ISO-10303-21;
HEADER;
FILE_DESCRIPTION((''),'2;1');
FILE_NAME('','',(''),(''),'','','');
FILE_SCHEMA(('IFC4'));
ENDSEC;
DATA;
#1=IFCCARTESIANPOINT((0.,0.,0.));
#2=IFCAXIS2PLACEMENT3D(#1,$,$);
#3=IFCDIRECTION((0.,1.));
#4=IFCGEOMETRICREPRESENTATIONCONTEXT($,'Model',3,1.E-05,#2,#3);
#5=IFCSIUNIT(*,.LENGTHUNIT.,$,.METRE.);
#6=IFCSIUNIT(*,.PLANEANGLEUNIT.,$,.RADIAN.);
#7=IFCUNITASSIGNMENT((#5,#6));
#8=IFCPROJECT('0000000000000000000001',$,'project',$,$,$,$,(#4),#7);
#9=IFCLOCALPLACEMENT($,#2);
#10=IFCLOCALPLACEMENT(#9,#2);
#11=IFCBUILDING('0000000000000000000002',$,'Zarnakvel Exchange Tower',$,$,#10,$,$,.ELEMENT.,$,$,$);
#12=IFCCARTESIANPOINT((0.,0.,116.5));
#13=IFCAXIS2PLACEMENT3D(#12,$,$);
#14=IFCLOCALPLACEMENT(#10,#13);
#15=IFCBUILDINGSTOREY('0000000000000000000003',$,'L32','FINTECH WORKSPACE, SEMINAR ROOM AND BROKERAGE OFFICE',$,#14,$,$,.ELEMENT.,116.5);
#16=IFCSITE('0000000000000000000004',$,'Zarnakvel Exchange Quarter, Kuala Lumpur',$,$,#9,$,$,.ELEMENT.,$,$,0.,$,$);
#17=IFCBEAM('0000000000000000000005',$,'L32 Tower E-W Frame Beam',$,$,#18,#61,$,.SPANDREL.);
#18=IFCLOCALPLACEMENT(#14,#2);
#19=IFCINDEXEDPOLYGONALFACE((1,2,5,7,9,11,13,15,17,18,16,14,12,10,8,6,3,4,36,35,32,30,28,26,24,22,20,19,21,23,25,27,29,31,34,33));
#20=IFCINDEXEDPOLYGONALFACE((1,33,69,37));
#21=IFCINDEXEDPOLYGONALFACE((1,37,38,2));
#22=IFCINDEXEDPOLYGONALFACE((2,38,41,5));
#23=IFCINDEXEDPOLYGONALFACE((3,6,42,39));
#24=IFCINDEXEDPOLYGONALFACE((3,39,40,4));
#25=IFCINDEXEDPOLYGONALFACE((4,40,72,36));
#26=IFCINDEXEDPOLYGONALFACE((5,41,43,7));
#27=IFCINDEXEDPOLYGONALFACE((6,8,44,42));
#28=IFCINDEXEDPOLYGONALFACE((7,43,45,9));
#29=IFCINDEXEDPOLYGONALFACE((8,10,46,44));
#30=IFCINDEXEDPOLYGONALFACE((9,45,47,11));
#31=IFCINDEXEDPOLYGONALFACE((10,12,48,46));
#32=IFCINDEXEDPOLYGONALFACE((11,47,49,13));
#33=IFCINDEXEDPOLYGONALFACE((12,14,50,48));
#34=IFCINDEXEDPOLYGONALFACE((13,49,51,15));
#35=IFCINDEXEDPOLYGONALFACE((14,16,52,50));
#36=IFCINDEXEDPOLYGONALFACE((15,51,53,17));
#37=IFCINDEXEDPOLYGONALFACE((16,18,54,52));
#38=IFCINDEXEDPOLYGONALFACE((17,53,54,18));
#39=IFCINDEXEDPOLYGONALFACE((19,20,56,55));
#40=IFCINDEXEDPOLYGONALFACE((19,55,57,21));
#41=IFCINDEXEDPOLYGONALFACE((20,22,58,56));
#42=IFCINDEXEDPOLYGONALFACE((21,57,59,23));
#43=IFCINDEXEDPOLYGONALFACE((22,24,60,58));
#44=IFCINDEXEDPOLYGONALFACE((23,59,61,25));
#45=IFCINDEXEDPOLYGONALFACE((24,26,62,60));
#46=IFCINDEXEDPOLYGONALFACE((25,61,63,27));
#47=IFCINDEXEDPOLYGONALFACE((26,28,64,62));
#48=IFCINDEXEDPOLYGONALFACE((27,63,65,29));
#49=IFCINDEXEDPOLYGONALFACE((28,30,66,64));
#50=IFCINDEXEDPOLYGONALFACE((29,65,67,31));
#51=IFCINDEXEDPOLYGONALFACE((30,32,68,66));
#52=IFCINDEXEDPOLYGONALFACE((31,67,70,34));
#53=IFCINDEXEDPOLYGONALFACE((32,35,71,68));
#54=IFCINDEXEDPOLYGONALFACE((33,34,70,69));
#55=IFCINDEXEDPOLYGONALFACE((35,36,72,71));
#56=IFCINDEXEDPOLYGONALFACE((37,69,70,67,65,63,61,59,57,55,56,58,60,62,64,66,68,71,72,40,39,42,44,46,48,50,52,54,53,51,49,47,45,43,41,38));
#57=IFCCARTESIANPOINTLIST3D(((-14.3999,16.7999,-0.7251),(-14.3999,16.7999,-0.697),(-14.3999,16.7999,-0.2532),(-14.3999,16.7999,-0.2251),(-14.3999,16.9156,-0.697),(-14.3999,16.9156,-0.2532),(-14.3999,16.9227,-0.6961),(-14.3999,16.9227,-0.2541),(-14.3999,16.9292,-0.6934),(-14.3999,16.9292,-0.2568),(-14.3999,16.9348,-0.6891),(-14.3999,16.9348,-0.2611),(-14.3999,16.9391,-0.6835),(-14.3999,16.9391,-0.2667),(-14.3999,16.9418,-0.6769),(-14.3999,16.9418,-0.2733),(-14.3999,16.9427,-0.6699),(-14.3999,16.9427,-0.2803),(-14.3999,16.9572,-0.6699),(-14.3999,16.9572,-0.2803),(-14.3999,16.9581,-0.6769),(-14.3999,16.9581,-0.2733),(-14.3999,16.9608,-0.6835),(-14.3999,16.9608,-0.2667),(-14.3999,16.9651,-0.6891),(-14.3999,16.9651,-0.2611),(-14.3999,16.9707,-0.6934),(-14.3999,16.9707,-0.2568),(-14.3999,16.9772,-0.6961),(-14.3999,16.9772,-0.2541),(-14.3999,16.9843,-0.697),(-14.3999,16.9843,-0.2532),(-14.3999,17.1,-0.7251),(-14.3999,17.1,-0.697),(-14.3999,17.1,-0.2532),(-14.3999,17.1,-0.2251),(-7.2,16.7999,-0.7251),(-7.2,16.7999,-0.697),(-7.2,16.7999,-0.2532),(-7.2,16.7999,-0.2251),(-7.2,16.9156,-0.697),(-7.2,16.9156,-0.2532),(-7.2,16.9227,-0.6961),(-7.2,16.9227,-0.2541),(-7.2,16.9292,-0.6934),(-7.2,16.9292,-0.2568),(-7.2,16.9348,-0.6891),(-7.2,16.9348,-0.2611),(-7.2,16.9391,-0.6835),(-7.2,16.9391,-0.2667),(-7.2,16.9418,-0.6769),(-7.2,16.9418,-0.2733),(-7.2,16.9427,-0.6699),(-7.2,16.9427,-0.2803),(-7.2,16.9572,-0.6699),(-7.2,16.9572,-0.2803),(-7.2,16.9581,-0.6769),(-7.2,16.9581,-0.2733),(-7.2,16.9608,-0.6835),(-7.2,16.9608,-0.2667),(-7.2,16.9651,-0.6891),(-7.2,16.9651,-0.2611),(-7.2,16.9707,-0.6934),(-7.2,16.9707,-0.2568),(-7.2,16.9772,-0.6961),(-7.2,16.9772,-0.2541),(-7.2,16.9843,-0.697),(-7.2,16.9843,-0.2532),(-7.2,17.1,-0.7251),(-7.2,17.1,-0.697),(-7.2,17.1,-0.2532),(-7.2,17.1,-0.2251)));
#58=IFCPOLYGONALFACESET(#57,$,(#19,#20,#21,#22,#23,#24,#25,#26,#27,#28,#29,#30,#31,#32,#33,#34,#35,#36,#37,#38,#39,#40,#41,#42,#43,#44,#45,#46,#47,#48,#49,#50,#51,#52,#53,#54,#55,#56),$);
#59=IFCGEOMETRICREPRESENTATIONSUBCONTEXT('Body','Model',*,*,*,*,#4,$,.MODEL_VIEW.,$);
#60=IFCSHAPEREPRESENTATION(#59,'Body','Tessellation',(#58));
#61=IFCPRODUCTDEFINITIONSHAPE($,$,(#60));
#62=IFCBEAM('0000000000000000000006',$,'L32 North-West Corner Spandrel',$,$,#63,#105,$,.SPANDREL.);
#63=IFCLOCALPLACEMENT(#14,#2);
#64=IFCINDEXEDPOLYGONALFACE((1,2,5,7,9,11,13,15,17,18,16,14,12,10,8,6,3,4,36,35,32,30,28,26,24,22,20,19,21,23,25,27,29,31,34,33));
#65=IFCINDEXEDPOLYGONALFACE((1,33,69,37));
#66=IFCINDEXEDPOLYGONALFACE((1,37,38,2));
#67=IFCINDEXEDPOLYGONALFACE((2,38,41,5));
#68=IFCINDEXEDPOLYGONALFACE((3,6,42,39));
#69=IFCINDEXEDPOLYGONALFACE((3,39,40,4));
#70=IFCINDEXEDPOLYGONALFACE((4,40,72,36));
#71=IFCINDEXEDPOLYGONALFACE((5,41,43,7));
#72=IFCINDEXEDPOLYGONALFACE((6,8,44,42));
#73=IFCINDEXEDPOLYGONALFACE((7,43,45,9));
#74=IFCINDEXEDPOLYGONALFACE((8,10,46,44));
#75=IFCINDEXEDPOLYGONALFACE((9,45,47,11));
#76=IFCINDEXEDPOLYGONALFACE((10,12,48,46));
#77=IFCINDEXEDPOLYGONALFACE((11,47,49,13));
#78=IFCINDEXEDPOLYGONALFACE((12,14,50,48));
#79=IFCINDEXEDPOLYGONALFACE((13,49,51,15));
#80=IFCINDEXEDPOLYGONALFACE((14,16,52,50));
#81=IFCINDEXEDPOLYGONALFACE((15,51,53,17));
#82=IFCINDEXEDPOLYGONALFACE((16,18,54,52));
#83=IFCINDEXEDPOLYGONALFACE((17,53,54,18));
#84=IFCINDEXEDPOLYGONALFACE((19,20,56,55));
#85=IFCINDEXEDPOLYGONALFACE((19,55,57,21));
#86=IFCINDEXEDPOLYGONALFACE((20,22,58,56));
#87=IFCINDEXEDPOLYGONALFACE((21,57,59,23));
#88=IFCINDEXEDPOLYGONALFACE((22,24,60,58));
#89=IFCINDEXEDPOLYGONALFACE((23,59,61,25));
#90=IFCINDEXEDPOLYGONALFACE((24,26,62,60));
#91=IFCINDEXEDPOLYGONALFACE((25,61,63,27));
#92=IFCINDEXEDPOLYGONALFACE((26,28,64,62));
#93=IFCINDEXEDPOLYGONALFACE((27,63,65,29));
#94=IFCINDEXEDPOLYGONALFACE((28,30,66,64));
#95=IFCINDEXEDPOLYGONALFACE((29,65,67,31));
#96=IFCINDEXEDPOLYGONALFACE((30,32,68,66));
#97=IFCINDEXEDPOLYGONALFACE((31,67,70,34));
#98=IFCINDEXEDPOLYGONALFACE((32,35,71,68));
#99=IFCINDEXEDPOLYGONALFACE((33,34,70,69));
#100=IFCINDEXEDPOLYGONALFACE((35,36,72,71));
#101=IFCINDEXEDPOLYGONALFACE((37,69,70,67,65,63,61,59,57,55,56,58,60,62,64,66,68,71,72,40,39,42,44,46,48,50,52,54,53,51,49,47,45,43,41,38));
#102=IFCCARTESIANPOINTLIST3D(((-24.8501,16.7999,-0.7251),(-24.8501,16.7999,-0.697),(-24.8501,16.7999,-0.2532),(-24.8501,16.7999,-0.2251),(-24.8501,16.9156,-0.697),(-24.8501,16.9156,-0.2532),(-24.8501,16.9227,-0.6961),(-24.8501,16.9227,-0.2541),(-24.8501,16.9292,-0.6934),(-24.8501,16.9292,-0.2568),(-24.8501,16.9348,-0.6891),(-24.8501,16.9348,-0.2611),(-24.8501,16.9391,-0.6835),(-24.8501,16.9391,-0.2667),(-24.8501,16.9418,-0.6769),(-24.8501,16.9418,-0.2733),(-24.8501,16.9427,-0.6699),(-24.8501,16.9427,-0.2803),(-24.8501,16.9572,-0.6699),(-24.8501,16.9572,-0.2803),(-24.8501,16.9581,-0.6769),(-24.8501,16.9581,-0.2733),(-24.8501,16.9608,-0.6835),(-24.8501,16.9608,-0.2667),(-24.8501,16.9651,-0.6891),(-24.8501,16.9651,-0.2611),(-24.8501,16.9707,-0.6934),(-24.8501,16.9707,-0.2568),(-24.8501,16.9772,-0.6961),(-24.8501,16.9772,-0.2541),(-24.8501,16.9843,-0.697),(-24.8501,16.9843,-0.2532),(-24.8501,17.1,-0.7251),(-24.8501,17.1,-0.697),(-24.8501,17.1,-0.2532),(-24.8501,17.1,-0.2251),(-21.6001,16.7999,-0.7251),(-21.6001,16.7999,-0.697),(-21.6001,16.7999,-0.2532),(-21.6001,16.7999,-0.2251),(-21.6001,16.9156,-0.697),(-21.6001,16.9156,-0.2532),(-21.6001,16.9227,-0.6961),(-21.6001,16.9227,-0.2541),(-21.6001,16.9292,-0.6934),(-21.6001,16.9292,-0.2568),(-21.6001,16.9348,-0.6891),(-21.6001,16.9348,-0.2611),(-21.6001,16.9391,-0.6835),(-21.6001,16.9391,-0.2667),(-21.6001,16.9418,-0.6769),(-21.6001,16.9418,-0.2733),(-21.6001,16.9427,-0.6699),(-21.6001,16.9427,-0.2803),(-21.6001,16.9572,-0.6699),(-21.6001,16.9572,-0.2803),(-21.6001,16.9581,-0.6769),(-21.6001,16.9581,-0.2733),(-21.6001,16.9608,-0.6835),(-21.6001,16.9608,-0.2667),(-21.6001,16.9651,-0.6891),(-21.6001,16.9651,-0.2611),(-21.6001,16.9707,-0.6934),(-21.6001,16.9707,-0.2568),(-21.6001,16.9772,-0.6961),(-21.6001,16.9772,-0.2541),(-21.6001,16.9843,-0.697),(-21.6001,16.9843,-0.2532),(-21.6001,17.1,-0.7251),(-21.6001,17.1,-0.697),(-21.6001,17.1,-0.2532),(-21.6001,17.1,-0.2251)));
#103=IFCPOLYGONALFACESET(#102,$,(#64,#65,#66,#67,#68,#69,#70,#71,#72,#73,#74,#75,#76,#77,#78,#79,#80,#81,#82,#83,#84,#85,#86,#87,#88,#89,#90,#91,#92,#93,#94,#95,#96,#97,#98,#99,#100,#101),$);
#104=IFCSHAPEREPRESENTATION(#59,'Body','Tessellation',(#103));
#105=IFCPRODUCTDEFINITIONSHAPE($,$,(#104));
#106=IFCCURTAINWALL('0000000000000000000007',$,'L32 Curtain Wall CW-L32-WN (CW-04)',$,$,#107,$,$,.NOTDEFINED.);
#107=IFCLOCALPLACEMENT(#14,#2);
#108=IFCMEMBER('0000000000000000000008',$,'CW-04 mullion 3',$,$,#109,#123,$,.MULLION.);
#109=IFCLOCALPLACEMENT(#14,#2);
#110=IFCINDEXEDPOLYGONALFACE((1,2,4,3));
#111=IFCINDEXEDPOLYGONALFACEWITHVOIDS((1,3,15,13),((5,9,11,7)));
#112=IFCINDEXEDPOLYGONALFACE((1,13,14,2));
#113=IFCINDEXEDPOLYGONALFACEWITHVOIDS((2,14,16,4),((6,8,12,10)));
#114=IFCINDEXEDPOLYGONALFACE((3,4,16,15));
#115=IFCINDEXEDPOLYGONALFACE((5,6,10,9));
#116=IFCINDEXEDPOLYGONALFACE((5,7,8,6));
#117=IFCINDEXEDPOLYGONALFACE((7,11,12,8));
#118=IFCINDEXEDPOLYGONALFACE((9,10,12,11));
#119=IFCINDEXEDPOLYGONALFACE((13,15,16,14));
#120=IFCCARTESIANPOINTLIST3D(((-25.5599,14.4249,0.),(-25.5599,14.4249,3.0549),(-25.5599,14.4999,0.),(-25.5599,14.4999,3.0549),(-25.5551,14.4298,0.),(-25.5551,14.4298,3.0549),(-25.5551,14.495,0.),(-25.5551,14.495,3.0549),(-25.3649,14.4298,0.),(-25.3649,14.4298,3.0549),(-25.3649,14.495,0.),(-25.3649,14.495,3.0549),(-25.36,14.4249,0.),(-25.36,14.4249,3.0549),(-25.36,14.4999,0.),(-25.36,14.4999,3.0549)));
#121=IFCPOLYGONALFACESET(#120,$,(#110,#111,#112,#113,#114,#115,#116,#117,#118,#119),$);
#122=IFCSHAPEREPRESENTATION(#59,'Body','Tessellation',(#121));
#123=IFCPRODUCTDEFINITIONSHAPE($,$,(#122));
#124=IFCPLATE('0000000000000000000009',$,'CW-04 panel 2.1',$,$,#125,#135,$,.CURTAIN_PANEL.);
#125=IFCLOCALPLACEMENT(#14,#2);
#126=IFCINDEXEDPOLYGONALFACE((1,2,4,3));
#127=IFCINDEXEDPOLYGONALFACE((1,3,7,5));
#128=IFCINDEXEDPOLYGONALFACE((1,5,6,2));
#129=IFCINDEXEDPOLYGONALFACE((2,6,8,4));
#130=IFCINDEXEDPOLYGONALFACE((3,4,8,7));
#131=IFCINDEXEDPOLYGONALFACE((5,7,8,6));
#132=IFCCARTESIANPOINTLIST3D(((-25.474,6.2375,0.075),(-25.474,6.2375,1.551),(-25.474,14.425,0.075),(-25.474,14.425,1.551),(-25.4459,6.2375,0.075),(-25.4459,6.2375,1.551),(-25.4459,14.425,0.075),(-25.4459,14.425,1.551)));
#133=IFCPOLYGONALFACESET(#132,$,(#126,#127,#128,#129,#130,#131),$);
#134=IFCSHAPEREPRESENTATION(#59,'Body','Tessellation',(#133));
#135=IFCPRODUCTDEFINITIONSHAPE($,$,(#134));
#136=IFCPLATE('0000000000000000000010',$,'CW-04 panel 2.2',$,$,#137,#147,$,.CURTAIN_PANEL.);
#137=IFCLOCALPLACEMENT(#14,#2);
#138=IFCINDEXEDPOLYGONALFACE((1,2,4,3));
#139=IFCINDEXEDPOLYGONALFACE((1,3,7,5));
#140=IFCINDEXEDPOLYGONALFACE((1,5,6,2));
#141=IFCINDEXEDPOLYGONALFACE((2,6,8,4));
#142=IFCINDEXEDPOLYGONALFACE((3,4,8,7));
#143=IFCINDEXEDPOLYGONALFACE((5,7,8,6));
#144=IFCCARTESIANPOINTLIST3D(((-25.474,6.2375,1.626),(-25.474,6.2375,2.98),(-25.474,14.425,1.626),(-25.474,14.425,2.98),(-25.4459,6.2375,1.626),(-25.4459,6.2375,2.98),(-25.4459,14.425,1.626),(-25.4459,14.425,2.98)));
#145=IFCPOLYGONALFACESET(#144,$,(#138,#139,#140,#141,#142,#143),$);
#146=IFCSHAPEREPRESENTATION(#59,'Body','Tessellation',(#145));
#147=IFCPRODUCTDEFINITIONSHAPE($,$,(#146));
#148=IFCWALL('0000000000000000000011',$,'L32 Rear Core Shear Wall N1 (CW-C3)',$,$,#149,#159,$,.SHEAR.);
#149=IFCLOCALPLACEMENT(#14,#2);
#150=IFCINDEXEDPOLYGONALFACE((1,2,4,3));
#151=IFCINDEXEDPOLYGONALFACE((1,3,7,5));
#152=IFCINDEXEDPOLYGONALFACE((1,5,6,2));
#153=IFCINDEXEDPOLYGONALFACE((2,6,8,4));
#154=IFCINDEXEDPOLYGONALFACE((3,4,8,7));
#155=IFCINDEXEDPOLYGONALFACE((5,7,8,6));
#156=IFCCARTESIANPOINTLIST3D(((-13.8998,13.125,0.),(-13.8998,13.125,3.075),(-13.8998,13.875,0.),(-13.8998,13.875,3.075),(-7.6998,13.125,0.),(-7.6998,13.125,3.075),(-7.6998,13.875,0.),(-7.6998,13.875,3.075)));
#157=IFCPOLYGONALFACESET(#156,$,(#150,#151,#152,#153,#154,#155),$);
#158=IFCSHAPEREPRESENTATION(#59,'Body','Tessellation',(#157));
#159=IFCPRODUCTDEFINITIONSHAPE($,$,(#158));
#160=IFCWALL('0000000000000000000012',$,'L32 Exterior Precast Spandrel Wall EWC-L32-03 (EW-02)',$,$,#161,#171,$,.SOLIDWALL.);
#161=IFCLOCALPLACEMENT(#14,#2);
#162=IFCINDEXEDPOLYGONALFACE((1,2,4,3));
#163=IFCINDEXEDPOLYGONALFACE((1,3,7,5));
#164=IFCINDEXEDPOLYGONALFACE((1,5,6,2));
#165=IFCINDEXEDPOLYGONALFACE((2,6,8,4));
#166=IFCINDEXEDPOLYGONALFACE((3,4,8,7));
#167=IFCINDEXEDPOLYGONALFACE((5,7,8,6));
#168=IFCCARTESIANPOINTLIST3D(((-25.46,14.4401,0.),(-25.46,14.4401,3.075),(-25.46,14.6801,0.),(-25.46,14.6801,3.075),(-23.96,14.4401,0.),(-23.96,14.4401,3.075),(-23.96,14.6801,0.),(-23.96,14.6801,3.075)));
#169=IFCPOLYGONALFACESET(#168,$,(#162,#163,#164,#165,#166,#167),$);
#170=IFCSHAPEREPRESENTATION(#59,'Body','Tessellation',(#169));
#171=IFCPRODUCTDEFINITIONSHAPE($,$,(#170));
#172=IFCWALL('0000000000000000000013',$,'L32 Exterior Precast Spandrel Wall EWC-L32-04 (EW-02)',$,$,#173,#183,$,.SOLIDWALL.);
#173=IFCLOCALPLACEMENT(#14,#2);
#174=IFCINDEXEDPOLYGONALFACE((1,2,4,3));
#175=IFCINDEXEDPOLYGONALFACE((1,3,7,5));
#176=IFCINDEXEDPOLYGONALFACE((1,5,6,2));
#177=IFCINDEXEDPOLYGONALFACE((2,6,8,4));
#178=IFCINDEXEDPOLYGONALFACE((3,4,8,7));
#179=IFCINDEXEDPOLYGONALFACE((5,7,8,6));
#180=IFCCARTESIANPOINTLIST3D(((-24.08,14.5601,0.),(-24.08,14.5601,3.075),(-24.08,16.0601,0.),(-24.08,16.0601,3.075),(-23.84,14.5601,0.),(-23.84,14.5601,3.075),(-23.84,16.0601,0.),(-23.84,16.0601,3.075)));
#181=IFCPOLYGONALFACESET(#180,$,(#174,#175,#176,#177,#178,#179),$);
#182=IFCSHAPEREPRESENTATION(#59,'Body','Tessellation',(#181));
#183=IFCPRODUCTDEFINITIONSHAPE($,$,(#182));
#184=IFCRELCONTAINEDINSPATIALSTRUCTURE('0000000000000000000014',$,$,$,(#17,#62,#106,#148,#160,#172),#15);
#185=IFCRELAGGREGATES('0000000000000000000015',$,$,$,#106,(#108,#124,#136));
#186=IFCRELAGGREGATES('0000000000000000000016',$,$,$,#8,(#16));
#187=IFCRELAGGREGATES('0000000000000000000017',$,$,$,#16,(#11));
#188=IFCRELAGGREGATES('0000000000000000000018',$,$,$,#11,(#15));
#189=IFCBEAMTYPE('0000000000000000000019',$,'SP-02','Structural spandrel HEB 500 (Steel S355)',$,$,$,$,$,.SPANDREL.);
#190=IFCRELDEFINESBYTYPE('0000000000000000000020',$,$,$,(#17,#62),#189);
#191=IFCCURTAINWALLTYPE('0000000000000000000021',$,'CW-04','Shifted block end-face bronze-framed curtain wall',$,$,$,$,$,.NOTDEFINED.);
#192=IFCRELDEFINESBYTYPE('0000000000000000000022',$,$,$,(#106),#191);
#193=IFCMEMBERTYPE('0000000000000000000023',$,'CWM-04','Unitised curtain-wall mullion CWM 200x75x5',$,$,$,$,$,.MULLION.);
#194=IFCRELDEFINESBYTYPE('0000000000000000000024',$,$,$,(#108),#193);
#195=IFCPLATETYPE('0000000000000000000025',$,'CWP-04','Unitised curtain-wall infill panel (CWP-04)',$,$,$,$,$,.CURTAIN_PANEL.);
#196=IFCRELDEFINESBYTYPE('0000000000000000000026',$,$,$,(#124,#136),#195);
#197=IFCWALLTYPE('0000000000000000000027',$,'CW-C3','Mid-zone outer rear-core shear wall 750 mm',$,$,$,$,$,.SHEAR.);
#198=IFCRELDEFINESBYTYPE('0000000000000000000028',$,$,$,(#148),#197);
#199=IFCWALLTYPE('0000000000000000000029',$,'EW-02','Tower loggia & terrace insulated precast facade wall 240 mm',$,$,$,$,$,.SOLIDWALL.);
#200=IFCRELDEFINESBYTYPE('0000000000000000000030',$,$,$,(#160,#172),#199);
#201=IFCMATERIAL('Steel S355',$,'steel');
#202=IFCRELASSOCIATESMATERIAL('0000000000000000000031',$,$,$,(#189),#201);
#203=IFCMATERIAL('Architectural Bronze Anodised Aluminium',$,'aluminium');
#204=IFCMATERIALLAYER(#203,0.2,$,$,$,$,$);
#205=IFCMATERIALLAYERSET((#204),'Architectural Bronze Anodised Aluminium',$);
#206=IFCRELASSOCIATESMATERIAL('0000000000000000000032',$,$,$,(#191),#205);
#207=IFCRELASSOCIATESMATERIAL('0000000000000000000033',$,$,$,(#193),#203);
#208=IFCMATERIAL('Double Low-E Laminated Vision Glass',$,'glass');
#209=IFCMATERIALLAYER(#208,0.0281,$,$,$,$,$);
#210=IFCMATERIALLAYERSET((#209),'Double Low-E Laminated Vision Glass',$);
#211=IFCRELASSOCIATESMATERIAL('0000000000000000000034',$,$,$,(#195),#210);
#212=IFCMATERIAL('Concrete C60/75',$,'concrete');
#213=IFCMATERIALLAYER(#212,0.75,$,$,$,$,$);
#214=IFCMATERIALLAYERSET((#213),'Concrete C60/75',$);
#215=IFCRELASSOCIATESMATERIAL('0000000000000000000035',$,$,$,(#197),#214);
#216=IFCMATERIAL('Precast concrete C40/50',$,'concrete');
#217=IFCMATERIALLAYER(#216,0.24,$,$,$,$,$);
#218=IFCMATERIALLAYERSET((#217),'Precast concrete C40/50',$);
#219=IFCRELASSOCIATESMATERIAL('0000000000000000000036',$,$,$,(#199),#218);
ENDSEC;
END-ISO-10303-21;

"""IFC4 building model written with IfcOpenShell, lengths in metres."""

from ifc_helpers import new_model, si_unit, direction, frame, frame_2d, origin, origin_2d, place, context, subcontext, project, spatial, rectangle, hollow_rectangle, i_section, extrude, source, transform, mapped, material, layer, layer_set, material_profile, profile_set, type_object, element, aggregate, save


model = new_model("IFC4")

# Units and contexts
model_context = context("Model", 3, precision=1e-05, world=origin(), true_north=direction((0.0, 1.0)))
body_context = subcontext(model_context, "Body", "Model", "MODEL_VIEW")
ifc_project = project(units=[si_unit("LENGTHUNIT", "METRE"), si_unit("PLANEANGLEUNIT", "RADIAN")], contexts=[model_context])

# Site, building, storey
site_placement = place(None, origin())
site = spatial("IfcSite", under=ifc_project, at=site_placement, Name="Zarnakvel Exchange Quarter, Kuala Lumpur", CompositionType="ELEMENT", RefElevation=0.0)
building_placement = place(site_placement, origin())
building = spatial("IfcBuilding", under=site, at=building_placement, Name="Zarnakvel Exchange Tower", CompositionType="ELEMENT")
storey_placement = place(building_placement, frame((0.0, 0.0, 116.5)))
storey = spatial("IfcBuildingStorey", under=building, at=storey_placement, Name="L32", Description="FINTECH WORKSPACE, SEMINAR ROOM AND BROKERAGE OFFICE", CompositionType="ELEMENT", Elevation=116.5)

# Shared definitions
ifc_material_1 = material(Name="Concrete C60/75", Category="concrete")
ifc_material_2 = material(Name="Steel S355", Category="steel")

# Beams
ifc_material_profile_1 = material_profile(ifc_material_2, i_section(OverallWidth=0.3, OverallDepth=0.5, WebThickness=0.0144, FlangeThickness=0.0281, FilletRadius=0.0271, at=origin_2d()))
ifc_profile_set_1 = profile_set([ifc_material_profile_1], Name="Steel S355")
beam_type_1 = type_object("IfcBeamType", Name="SP-02", Description="Structural spandrel HEB 500 (Steel S355)", PredefinedType="SPANDREL", material=ifc_profile_set_1)
beam_1_placement = place(storey_placement, frame((-14.3999, 16.95, -0.4751), z_axis=(1.0, 0.0, 0.0), x_axis=(0.0, 1.0, 0.0)))
element("IfcBeam", 1, at=beam_1_placement, inside=storey, type_object=beam_type_1, Name="L32 Tower E-W Frame Beam", PredefinedType="SPANDREL", context=body_context, shape_type="SweptSolid", body=[
    extrude(i_section(OverallWidth=0.3, OverallDepth=0.5, WebThickness=0.0144, FlangeThickness=0.0281, FilletRadius=0.0271, at=origin_2d()), origin(), (0.0, 0.0, 1.0), 7.2),
])
beam_2_placement = place(storey_placement, frame((-24.8501, 16.95, -0.4751), z_axis=(1.0, 0.0, 0.0), x_axis=(0.0, 1.0, 0.0)))
element("IfcBeam", 2, at=beam_2_placement, inside=storey, type_object=beam_type_1, Name="L32 North-West Corner Spandrel", PredefinedType="SPANDREL", context=body_context, shape_type="SweptSolid", body=[
    extrude(i_section(OverallWidth=0.3, OverallDepth=0.5, WebThickness=0.0144, FlangeThickness=0.0281, FilletRadius=0.0271, at=origin_2d()), origin(), (0.0, 0.0, 1.0), 3.25),
])

# Curtain wall, member, plates
ifc_material_3 = material(Name="Architectural Bronze Anodised Aluminium", Category="aluminium")
ifc_layer_1 = layer(ifc_material_3, 0.2)
ifc_layer_set_1 = layer_set([ifc_layer_1], Name="Architectural Bronze Anodised Aluminium")
curtain_wall_type = type_object("IfcCurtainWallType", Name="CW-04", Description="Shifted block end-face bronze-framed curtain wall", PredefinedType="NOTDEFINED", material=ifc_layer_set_1)
curtain_wall_placement = place(storey_placement, origin())
curtain_wall = element("IfcCurtainWall", 3, at=curtain_wall_placement, inside=storey, type_object=curtain_wall_type, Name="L32 Curtain Wall CW-L32-WN (CW-04)", PredefinedType="NOTDEFINED")
ifc_material_profile_2 = material_profile(ifc_material_3, hollow_rectangle(XDim=0.2, YDim=0.075, WallThickness=0.0049, at=origin_2d()))
ifc_profile_set_2 = profile_set([ifc_material_profile_2], Name="Architectural Bronze Anodised Aluminium")
member_type = type_object("IfcMemberType", Name="CWM-04", Description="Unitised curtain-wall mullion CWM 200x75x5", PredefinedType="MULLION", material=ifc_profile_set_2)
shared_shape_1 = source(origin(), body_context, "Body", "SweptSolid", [
    extrude(hollow_rectangle(XDim=0.2, YDim=0.075, WallThickness=0.0049, at=origin_2d()), origin(), (0.0, 0.0, 1.0), 3.0549),
])
member_placement = place(storey_placement, frame((-25.46, 14.4624, 0.0), z_axis=(0.0, 0.0, 1.0), x_axis=(-1.0, 0.0, 0.0)))
member = element("IfcMember", 4, at=member_placement, type_object=member_type, Name="CW-04 mullion 3", PredefinedType="MULLION", context=body_context, shape_type="MappedRepresentation", body=[
    mapped(shared_shape_1, transform((0.0, 0.0, 0.0), x_axis=(1.0, 0.0, 0.0), y_axis=(0.0, 1.0, 0.0), z_axis=(0.0, 0.0, 1.0), scale=1.0)),
])
ifc_material_4 = material(Name="Double Low-E Laminated Vision Glass", Category="glass")
ifc_layer_2 = layer(ifc_material_4, 0.0281)
ifc_layer_set_2 = layer_set([ifc_layer_2], Name="Double Low-E Laminated Vision Glass")
plate_type = type_object("IfcPlateType", Name="CWP-04", Description="Unitised curtain-wall infill panel (CWP-04)", PredefinedType="CURTAIN_PANEL", material=ifc_layer_set_2)
shared_shape_2 = source(origin(), body_context, "Body", "SweptSolid", [
    extrude(rectangle(XDim=8.1875, YDim=0.0281, at=origin_2d()), origin(), (0.0, 0.0, 1.0), 1.4761),
])
plate_1_placement = place(storey_placement, frame((-25.46, 10.3313, 0.075), z_axis=(0.0, 0.0, 1.0), x_axis=(0.0, 1.0, 0.0)))
plate_1 = element("IfcPlate", 5, at=plate_1_placement, type_object=plate_type, Name="CW-04 panel 2.1", PredefinedType="CURTAIN_PANEL", context=body_context, shape_type="MappedRepresentation", body=[
    mapped(shared_shape_2, transform((0.0, 0.0, 0.0), x_axis=(1.0, 0.0, 0.0), y_axis=(0.0, 1.0, 0.0), z_axis=(0.0, 0.0, 1.0), scale=1.0)),
])
shared_shape_3 = source(origin(), body_context, "Body", "SweptSolid", [
    extrude(rectangle(XDim=8.1875, YDim=0.0281, at=origin_2d()), origin(), (0.0, 0.0, 1.0), 1.354),
])
plate_2_placement = place(storey_placement, frame((-25.46, 10.3313, 1.626), z_axis=(0.0, 0.0, 1.0), x_axis=(0.0, 1.0, 0.0)))
plate_2 = element("IfcPlate", 6, at=plate_2_placement, type_object=plate_type, Name="CW-04 panel 2.2", PredefinedType="CURTAIN_PANEL", context=body_context, shape_type="MappedRepresentation", body=[
    mapped(shared_shape_3, transform((0.0, 0.0, 0.0), x_axis=(1.0, 0.0, 0.0), y_axis=(0.0, 1.0, 0.0), z_axis=(0.0, 0.0, 1.0), scale=1.0)),
])
aggregate(curtain_wall, [member, plate_1, plate_2])

# Walls
ifc_layer_3 = layer(ifc_material_1, 0.75)
ifc_layer_set_3 = layer_set([ifc_layer_3], Name="Concrete C60/75")
wall_type_1 = type_object("IfcWallType", Name="CW-C3", Description="Mid-zone outer rear-core shear wall 750 mm", PredefinedType="SHEAR", material=ifc_layer_set_3)
wall_1_placement = place(storey_placement, frame((-13.8999, 13.5, 0.0), z_axis=(0.0, 0.0, 1.0), x_axis=(1.0, 0.0, 0.0)))
element("IfcWall", 7, at=wall_1_placement, inside=storey, type_object=wall_type_1, Name="L32 Rear Core Shear Wall N1 (CW-C3)", PredefinedType="SHEAR", context=body_context, shape_type="SweptSolid", body=[
    extrude(rectangle(XDim=6.2, YDim=0.75, at=frame_2d((3.1001, 0.0))), origin(), (0.0, 0.0, 1.0), 3.075),
])
ifc_material_5 = material(Name="Precast concrete C40/50", Category="concrete")
ifc_layer_4 = layer(ifc_material_5, 0.24)
ifc_layer_set_4 = layer_set([ifc_layer_4], Name="Precast concrete C40/50")
wall_type_2 = type_object("IfcWallType", Name="EW-02", Description="Tower loggia & terrace insulated precast facade wall 240 mm", PredefinedType="SOLIDWALL", material=ifc_layer_set_4)
for number, where, z_axis, x_axis, name in (
    (8, (-23.96, 14.5601, 0.0), (0.0, 0.0, 1.0), (-1.0, 0.0, 0.0), "L32 Exterior Precast Spandrel Wall EWC-L32-03 (EW-02)"),
    (9, (-23.96, 16.0601, 0.0), (0.0, 0.0, 1.0), (0.0, -1.0, 0.0), "L32 Exterior Precast Spandrel Wall EWC-L32-04 (EW-02)"),
):
    element("IfcWall", number, at=place(storey_placement, frame(where, z_axis=z_axis, x_axis=x_axis)), inside=storey, type_object=wall_type_2, Name=name, PredefinedType="SOLIDWALL", context=body_context, shape_type="SweptSolid", body=[
        extrude(rectangle(XDim=1.5, YDim=0.24, at=frame_2d((0.75, 0.0))), origin(), (0.0, 0.0, 1.0), 3.075),
    ])

save(model, "model.ifc")
